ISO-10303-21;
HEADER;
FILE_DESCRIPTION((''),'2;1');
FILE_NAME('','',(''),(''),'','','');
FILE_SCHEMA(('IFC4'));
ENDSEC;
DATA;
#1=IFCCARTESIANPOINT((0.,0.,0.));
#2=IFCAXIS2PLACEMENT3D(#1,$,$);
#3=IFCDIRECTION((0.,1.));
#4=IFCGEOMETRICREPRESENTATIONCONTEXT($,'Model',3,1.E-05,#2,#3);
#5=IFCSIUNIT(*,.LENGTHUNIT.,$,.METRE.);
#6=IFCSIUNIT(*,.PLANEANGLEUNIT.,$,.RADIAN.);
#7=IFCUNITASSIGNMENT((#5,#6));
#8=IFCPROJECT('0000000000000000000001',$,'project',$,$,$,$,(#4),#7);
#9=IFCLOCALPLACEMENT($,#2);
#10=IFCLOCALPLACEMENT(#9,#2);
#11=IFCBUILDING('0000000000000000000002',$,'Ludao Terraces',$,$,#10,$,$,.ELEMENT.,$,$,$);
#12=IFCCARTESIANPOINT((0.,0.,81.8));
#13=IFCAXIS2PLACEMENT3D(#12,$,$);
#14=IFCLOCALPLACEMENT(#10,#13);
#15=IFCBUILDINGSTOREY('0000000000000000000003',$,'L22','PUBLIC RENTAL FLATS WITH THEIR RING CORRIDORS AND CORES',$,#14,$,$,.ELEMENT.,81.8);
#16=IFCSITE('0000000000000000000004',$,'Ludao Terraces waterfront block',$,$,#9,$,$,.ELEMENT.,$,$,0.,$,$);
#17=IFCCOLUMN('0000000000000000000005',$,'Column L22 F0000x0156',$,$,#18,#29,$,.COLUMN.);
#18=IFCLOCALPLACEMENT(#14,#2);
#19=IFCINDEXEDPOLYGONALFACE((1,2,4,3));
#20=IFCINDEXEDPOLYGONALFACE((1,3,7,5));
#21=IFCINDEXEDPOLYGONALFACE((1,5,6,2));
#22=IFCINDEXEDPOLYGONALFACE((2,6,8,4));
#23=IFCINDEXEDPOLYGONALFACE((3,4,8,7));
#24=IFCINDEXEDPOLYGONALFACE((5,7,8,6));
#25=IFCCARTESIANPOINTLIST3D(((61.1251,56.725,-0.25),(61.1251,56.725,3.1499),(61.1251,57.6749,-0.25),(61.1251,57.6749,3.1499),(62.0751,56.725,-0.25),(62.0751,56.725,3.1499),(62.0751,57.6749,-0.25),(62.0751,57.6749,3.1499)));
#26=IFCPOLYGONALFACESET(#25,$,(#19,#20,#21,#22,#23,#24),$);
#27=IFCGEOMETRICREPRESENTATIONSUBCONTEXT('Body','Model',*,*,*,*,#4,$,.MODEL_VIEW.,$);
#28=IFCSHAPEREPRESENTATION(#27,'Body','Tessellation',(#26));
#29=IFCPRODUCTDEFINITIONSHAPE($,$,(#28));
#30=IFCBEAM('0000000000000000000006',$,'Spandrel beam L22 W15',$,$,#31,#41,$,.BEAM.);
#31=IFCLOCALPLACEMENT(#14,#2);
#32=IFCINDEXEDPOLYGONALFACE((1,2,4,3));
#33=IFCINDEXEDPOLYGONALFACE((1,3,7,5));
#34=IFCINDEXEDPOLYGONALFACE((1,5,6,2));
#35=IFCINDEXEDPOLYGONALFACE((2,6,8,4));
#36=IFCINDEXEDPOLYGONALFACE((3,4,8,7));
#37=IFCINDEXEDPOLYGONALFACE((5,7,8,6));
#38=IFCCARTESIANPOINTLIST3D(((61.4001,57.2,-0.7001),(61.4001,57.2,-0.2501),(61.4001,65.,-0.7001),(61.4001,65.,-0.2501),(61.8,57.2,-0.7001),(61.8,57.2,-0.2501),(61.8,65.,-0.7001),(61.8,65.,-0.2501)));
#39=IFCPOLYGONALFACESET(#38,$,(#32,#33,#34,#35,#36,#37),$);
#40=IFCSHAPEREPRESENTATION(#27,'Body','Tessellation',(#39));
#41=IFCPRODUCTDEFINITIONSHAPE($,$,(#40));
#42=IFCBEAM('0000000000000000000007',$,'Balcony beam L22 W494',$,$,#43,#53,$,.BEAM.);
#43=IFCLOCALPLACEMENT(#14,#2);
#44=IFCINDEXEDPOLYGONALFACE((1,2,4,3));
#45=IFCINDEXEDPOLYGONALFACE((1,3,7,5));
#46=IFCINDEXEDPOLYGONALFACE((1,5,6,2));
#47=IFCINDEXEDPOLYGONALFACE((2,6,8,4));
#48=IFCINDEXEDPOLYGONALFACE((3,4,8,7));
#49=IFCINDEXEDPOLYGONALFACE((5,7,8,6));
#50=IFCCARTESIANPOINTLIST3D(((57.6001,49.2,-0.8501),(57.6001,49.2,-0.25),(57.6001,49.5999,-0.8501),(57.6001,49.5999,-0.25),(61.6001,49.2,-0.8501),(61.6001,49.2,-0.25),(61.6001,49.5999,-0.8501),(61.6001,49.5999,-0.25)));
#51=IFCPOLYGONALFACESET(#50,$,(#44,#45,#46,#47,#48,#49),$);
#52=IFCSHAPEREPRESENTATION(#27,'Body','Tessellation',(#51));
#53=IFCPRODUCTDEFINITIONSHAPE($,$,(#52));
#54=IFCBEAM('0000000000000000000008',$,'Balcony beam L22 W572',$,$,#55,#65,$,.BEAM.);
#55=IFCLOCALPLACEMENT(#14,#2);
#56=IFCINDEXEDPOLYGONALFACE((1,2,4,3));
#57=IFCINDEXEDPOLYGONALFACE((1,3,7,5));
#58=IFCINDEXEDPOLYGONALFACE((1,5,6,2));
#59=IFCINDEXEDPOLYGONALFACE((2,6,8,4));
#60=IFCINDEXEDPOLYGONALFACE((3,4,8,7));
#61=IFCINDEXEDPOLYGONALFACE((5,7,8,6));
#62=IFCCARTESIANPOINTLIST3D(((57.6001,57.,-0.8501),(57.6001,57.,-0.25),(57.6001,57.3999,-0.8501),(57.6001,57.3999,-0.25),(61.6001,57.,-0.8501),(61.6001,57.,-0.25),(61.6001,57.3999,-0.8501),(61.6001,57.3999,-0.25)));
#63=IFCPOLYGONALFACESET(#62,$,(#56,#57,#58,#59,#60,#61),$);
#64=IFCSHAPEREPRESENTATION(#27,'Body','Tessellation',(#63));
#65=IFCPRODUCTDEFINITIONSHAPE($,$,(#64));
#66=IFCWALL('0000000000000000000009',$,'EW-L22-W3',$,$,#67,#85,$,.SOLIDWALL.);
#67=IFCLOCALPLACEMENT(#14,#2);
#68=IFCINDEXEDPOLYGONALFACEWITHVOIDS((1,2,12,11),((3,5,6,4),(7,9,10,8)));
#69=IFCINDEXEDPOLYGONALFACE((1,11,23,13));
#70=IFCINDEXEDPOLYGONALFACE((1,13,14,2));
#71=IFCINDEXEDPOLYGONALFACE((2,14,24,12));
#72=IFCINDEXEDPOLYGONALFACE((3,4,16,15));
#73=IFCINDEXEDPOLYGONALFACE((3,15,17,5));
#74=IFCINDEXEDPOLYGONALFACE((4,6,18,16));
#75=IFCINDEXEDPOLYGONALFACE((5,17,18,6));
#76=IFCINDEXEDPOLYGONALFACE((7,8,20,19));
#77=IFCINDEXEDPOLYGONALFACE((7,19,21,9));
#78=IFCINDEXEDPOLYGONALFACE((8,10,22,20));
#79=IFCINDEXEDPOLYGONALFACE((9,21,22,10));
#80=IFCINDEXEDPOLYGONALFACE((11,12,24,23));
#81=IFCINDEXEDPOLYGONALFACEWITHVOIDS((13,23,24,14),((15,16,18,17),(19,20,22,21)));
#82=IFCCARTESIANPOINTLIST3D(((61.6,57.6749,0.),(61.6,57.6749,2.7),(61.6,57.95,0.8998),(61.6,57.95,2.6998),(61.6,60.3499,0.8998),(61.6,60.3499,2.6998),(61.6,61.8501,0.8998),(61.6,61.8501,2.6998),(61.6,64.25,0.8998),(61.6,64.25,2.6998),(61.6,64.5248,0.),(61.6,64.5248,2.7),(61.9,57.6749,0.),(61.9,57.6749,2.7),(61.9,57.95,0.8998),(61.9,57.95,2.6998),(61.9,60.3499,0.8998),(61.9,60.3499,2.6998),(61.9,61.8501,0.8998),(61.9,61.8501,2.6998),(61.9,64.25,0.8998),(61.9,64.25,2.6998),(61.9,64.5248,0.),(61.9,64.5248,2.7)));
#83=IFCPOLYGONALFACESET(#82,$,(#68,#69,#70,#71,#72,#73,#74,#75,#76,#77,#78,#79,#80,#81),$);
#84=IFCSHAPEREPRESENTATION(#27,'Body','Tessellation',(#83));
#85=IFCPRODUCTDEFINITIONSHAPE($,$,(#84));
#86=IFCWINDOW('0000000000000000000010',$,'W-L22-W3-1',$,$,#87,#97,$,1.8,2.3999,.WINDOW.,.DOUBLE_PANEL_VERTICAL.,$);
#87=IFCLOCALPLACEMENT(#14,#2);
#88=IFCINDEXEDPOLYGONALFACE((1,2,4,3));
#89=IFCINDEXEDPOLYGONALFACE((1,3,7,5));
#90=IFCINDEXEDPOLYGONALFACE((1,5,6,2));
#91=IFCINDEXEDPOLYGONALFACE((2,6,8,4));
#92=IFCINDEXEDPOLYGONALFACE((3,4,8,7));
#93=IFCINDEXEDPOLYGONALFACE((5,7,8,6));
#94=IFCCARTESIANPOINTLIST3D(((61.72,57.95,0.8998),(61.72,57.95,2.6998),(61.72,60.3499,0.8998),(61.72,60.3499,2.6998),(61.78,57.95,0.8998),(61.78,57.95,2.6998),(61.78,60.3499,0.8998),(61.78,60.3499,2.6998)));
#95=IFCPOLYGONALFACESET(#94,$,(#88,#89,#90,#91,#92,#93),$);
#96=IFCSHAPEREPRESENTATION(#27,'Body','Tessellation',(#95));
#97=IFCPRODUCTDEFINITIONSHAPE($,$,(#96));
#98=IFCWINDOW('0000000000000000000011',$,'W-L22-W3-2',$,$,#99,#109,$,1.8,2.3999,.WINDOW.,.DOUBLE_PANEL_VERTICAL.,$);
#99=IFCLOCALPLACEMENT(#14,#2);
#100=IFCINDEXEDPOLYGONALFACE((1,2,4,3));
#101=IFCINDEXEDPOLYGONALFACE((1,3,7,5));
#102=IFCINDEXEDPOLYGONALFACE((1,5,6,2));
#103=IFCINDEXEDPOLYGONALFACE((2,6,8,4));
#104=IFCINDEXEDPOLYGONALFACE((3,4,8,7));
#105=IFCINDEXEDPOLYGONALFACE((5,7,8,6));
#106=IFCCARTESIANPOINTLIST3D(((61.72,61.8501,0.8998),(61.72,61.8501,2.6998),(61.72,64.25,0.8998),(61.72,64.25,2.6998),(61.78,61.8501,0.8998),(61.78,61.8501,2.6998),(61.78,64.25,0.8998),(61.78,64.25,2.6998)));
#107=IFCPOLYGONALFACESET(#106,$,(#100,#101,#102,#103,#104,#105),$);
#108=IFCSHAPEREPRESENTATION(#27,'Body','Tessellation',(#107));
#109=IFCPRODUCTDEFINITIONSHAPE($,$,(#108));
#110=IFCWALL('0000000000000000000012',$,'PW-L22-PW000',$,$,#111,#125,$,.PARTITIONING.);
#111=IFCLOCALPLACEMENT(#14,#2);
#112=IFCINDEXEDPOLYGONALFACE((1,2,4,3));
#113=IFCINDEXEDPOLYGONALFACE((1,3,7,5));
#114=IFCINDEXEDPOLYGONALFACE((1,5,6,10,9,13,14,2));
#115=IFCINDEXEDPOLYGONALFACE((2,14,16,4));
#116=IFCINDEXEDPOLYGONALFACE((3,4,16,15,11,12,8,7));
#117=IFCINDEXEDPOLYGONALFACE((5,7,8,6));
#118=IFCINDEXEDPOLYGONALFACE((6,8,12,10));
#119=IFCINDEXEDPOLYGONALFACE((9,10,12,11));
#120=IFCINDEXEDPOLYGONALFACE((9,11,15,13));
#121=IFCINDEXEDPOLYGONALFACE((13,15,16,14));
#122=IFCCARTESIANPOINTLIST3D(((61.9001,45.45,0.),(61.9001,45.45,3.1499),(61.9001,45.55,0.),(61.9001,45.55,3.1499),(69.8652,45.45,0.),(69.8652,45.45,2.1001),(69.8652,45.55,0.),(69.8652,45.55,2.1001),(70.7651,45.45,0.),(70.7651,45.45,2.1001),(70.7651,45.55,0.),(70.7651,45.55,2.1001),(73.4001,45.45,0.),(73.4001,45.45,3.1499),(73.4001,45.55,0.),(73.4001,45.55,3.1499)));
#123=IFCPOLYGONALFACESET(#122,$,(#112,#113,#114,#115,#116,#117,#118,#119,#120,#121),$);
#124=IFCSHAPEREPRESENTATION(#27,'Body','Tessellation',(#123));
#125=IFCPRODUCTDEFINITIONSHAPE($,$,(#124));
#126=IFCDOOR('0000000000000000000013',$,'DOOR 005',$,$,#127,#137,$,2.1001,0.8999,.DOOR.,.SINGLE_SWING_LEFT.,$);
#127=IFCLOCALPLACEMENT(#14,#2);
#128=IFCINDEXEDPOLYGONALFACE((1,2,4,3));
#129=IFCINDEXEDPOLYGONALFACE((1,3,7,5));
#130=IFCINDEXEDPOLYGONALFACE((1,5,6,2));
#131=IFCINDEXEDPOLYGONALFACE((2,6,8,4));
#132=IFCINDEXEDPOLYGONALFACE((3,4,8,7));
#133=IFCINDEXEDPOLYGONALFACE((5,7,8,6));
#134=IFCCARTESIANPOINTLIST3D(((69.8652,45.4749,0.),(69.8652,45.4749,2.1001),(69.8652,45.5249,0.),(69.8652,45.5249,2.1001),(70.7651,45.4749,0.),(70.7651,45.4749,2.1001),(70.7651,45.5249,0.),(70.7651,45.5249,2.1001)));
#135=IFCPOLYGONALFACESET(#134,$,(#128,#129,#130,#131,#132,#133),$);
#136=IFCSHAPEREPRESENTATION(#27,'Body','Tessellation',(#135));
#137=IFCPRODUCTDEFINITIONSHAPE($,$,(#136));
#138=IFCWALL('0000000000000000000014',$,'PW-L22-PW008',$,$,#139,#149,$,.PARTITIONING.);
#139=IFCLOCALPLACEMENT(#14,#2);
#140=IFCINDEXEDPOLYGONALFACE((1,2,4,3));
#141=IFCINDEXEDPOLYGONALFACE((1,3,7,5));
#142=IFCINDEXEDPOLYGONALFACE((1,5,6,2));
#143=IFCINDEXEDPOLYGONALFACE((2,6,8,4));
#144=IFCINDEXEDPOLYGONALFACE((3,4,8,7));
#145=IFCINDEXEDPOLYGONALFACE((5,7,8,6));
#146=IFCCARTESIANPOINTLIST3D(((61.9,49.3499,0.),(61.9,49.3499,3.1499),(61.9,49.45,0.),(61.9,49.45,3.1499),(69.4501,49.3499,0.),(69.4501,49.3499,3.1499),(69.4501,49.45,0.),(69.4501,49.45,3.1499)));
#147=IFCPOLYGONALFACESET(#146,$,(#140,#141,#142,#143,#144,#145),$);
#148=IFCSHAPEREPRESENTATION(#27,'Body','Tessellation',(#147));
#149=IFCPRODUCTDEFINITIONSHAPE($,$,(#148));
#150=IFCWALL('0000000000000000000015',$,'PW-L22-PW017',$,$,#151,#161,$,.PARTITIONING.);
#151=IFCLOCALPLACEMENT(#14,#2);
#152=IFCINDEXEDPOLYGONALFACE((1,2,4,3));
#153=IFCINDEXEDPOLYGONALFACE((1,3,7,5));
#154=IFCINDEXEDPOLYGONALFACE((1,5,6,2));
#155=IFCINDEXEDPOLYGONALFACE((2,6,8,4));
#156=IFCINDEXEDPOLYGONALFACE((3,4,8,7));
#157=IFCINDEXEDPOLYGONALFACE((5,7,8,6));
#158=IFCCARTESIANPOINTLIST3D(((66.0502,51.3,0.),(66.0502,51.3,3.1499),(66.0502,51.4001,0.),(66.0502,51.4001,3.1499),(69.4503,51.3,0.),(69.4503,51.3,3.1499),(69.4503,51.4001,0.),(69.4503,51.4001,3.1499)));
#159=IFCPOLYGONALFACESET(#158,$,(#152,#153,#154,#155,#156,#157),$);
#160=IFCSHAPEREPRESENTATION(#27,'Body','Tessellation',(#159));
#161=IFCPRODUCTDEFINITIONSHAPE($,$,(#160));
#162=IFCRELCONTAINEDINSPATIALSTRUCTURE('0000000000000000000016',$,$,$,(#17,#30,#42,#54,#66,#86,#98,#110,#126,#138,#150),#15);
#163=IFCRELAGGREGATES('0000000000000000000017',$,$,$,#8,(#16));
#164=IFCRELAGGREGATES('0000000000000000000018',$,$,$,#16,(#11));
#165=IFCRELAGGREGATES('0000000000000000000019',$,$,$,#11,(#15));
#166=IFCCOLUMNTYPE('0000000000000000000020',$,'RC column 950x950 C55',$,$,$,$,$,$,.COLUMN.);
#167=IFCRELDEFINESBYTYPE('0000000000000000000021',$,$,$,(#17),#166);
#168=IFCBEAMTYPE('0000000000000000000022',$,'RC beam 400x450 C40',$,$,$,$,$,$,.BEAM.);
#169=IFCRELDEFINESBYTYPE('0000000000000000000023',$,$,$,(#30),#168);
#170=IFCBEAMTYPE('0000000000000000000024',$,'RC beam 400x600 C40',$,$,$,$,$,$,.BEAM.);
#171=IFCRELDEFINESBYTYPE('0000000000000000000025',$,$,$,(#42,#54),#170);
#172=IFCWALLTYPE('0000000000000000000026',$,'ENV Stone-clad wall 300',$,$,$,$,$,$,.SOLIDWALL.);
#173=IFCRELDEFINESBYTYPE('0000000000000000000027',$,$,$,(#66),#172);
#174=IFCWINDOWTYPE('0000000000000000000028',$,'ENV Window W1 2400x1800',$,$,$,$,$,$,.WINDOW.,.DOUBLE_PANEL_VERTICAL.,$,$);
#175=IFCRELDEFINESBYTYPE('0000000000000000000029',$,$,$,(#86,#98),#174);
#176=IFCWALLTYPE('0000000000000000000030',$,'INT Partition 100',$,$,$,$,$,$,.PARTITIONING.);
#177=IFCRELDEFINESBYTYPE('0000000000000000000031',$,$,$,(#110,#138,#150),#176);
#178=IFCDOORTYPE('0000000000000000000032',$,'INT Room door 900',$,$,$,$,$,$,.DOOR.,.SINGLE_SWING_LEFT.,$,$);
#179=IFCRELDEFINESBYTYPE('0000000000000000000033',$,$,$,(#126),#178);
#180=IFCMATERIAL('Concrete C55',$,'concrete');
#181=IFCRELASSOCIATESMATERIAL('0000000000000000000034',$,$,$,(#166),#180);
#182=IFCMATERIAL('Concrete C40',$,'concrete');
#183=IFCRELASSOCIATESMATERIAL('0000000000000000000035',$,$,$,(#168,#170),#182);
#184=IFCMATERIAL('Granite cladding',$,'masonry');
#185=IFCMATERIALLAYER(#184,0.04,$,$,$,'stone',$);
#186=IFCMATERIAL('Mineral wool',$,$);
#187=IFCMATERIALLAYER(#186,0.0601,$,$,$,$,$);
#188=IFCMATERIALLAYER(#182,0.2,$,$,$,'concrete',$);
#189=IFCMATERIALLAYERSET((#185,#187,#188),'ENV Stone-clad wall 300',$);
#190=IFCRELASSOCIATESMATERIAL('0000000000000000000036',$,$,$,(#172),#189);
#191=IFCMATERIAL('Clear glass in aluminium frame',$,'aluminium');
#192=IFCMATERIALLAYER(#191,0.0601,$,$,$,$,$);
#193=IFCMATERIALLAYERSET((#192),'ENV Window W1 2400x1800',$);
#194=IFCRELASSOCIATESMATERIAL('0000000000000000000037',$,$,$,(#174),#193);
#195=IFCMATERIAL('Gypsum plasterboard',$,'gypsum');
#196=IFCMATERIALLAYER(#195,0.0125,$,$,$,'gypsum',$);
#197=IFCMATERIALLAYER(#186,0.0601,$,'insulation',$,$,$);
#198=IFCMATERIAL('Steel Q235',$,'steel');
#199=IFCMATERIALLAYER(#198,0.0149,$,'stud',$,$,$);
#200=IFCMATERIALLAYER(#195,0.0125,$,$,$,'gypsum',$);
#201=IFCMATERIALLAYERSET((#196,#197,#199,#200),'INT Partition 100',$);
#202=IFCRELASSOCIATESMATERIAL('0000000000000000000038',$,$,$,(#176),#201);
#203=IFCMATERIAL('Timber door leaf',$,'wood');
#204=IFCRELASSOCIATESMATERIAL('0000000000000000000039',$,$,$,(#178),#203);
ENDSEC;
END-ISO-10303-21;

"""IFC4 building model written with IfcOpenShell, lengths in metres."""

from ifc_helpers import new_model, si_unit, direction, frame, frame_2d, origin, origin_2d, place, context, subcontext, project, spatial, rectangle, extrude, material, layer, layer_set, material_profile, profile_set, type_object, element, fill, save


model = new_model("IFC4")

# Units and contexts
model_context = context("Model", 3, precision=1e-05, world=origin(), true_north=direction((0.0, 1.0)))
body_context = subcontext(model_context, "Body", "Model", "MODEL_VIEW")
ifc_project = project(units=[si_unit("LENGTHUNIT", "METRE"), si_unit("PLANEANGLEUNIT", "RADIAN")], contexts=[model_context])

# Site, building, storey
site_placement = place(None, origin())
site = spatial("IfcSite", under=ifc_project, at=site_placement, Name="Ludao Terraces waterfront block", CompositionType="ELEMENT", RefElevation=0.0)
building_placement = place(site_placement, origin())
building = spatial("IfcBuilding", under=site, at=building_placement, Name="Ludao Terraces", CompositionType="ELEMENT")
storey_placement = place(building_placement, frame((0.0, 0.0, 81.8)))
storey = spatial("IfcBuildingStorey", under=building, at=storey_placement, Name="L22", Description="PUBLIC RENTAL FLATS WITH THEIR RING CORRIDORS AND CORES", CompositionType="ELEMENT", Elevation=81.8)

# Column
ifc_material_1 = material(Name="Concrete C55", Category="concrete")
ifc_material_profile_1 = material_profile(ifc_material_1, rectangle(XDim=0.95, YDim=0.95, at=origin_2d()), Name="950 X 950")
ifc_profile_set_1 = profile_set([ifc_material_profile_1], Name="Concrete C55")
column_type = type_object("IfcColumnType", Name="RC column 950x950 C55", PredefinedType="COLUMN", material=ifc_profile_set_1)
column_placement = place(storey_placement, frame((61.6001, 57.2, -0.25), z_axis=(0.0, 0.0, 1.0), x_axis=(1.0, 0.0, 0.0)))
element("IfcColumn", 1, at=column_placement, inside=storey, type_object=column_type, Name="Column L22 F0000x0156", PredefinedType="COLUMN", context=body_context, shape_type="SweptSolid", body=[
    extrude(rectangle(XDim=0.95, YDim=0.95, at=origin_2d()), origin(), (0.0, 0.0, 1.0), 3.3999),
])

# Beams
ifc_material_2 = material(Name="Concrete C40", Category="concrete")
ifc_material_profile_2 = material_profile(ifc_material_2, rectangle(XDim=0.3999, YDim=0.45, at=origin_2d()), Name="400 X 450")
ifc_profile_set_2 = profile_set([ifc_material_profile_2], Name="Concrete C40")
beam_type_1 = type_object("IfcBeamType", Name="RC beam 400x450 C40", PredefinedType="BEAM", material=ifc_profile_set_2)
beam_placement = place(storey_placement, frame((61.6001, 57.2, -0.4751), z_axis=(0.0, 1.0, 0.0), x_axis=(-1.0, 0.0, 0.0)))
element("IfcBeam", 2, at=beam_placement, inside=storey, type_object=beam_type_1, Name="Spandrel beam L22 W15", PredefinedType="BEAM", context=body_context, shape_type="SweptSolid", body=[
    extrude(rectangle(XDim=0.3999, YDim=0.45, at=origin_2d()), origin(), (0.0, 0.0, 1.0), 7.8),
])
ifc_material_profile_3 = material_profile(ifc_material_2, rectangle(XDim=0.3999, YDim=0.6001, at=origin_2d()), Name="400 X 600")
ifc_profile_set_3 = profile_set([ifc_material_profile_3], Name="Concrete C40")
beam_type_2 = type_object("IfcBeamType", Name="RC beam 400x600 C40", PredefinedType="BEAM", material=ifc_profile_set_3)
for number, where, z_axis, x_axis, name in (
    (3, (61.6001, 49.3999, -0.55), (-1.0, 0.0, 0.0), (0.0, -1.0, 0.0), "Balcony beam L22 W494"),
    (4, (61.6001, 57.2, -0.55), (-1.0, 0.0, 0.0), (0.0, -1.0, 0.0), "Balcony beam L22 W572"),
):
    element("IfcBeam", number, at=place(storey_placement, frame(where, z_axis=z_axis, x_axis=x_axis)), inside=storey, type_object=beam_type_2, Name=name, PredefinedType="BEAM", context=body_context, shape_type="SweptSolid", body=[
        extrude(rectangle(XDim=0.3999, YDim=0.6001, at=origin_2d()), origin(), (0.0, 0.0, 1.0), 4.0),
    ])

# Shared definitions
ifc_material_3 = material(Name="Granite cladding", Category="masonry")
ifc_layer_1 = layer(ifc_material_3, 0.04, Category="stone")
ifc_material_4 = material(Name="Mineral wool")
ifc_layer_2 = layer(ifc_material_4, 0.0601)
ifc_layer_3 = layer(ifc_material_2, 0.2, Category="concrete")
ifc_layer_set_1 = layer_set([ifc_layer_1, ifc_layer_2, ifc_layer_3], Name="ENV Stone-clad wall 300")
wall_type_1 = type_object("IfcWallType", Name="ENV Stone-clad wall 300", PredefinedType="SOLIDWALL", material=ifc_layer_set_1)
ifc_material_5 = material(Name="Clear glass in aluminium frame", Category="aluminium")
ifc_layer_4 = layer(ifc_material_5, 0.0601)
ifc_layer_set_2 = layer_set([ifc_layer_4], Name="ENV Window W1 2400x1800")
window_type = type_object("IfcWindowType", Name="ENV Window W1 2400x1800", PartitioningType="DOUBLE_PANEL_VERTICAL", PredefinedType="WINDOW", material=ifc_layer_set_2)

# Wall, openings, windows
wall_1_placement = place(storey_placement, frame((61.75, 57.675, 0.0), z_axis=(0.0, 0.0, 1.0), x_axis=(0.0, 1.0, 0.0)))
wall_1 = element("IfcWall", 5, at=wall_1_placement, inside=storey, type_object=wall_type_1, Name="EW-L22-W3", PredefinedType="SOLIDWALL", context=body_context, shape_type="SweptSolid", body=[
    extrude(rectangle(XDim=6.8499, YDim=0.3, at=frame_2d((3.4248, 0.0))), origin(), (0.0, 0.0, 1.0), 2.7),
])
opening_1_placement = place(wall_1_placement, frame((0.2749, 0.0, 0.8999)))
opening_1 = element("IfcOpeningElement", 6, at=opening_1_placement, cuts=wall_1, PredefinedType="OPENING", context=body_context, shape_type="SweptSolid", body=[
    extrude(rectangle(XDim=2.3999, YDim=1.8, at=frame_2d((1.2, 0.8999))), frame((0.0, 0.1602, 0.0), z_axis=(0.0, -1.0, 0.0), x_axis=(1.0, 0.0, 0.0)), (0.0, 0.0, 1.0), 0.3201),
])
opening_2_placement = place(wall_1_placement, frame((4.175, 0.0, 0.8999)))
opening_2 = element("IfcOpeningElement", 7, at=opening_2_placement, cuts=wall_1, PredefinedType="OPENING", context=body_context, shape_type="SweptSolid", body=[
    extrude(rectangle(XDim=2.3999, YDim=1.8, at=frame_2d((1.2, 0.8999))), frame((0.0, 0.1602, 0.0), z_axis=(0.0, -1.0, 0.0), x_axis=(1.0, 0.0, 0.0)), (0.0, 0.0, 1.0), 0.3201),
])
window_1_placement = place(opening_1_placement, origin())
window_1 = element("IfcWindow", 8, at=window_1_placement, inside=storey, type_object=window_type, Name="W-L22-W3-1", OverallHeight=1.8, OverallWidth=2.3999, PartitioningType="DOUBLE_PANEL_VERTICAL", PredefinedType="WINDOW", context=body_context, shape_type="SweptSolid", body=[
    extrude(rectangle(XDim=2.3999, YDim=1.8, at=frame_2d((1.2, 0.8999))), frame((0.0, 0.03, 0.0), z_axis=(0.0, -1.0, 0.0), x_axis=(1.0, 0.0, 0.0)), (0.0, 0.0, 1.0), 0.0601),
])
fill(opening_1, window_1)
window_2_placement = place(opening_2_placement, origin())
window_2 = element("IfcWindow", 9, at=window_2_placement, inside=storey, type_object=window_type, Name="W-L22-W3-2", OverallHeight=1.8, OverallWidth=2.3999, PartitioningType="DOUBLE_PANEL_VERTICAL", PredefinedType="WINDOW", context=body_context, shape_type="SweptSolid", body=[
    extrude(rectangle(XDim=2.3999, YDim=1.8, at=frame_2d((1.2, 0.8999))), frame((0.0, 0.03, 0.0), z_axis=(0.0, -1.0, 0.0), x_axis=(1.0, 0.0, 0.0)), (0.0, 0.0, 1.0), 0.0601),
])
fill(opening_2, window_2)

# Wall, opening, door
ifc_material_6 = material(Name="Gypsum plasterboard", Category="gypsum")
ifc_layer_5 = layer(ifc_material_6, 0.0125, Category="gypsum")
ifc_layer_6 = layer(ifc_material_4, 0.0601, Name="insulation")
ifc_material_7 = material(Name="Steel Q235", Category="steel")
ifc_layer_7 = layer(ifc_material_7, 0.0149, Name="stud")
ifc_layer_8 = layer(ifc_material_6, 0.0125, Category="gypsum")
ifc_layer_set_3 = layer_set([ifc_layer_5, ifc_layer_6, ifc_layer_7, ifc_layer_8], Name="INT Partition 100")
wall_type_2 = type_object("IfcWallType", Name="INT Partition 100", PredefinedType="PARTITIONING", material=ifc_layer_set_3)
wall_2_placement = place(storey_placement, frame((61.9001, 45.5, 0.0), z_axis=(0.0, 0.0, 1.0), x_axis=(1.0, 0.0, 0.0)))
wall_2 = element("IfcWall", 10, at=wall_2_placement, inside=storey, type_object=wall_type_2, Name="PW-L22-PW000", PredefinedType="PARTITIONING", context=body_context, shape_type="SweptSolid", body=[
    extrude(rectangle(XDim=11.5, YDim=0.1001, at=frame_2d((5.75, 0.0))), origin(), (0.0, 0.0, 1.0), 3.1499),
])
opening_3_placement = place(wall_2_placement, frame((7.9651, 0.0, 0.0)))
opening_3 = element("IfcOpeningElement", 11, at=opening_3_placement, cuts=wall_2, PredefinedType="OPENING", context=body_context, shape_type="SweptSolid", body=[
    extrude(rectangle(XDim=0.8999, YDim=2.1001, at=frame_2d((0.45, 1.05))), frame((0.0, 0.0601, 0.0), z_axis=(0.0, -1.0, 0.0), x_axis=(1.0, 0.0, 0.0)), (0.0, 0.0, 1.0), 0.1201),
])
ifc_material_8 = material(Name="Timber door leaf", Category="wood")
door_type_1 = type_object("IfcDoorType", Name="INT Room door 900", OperationType="SINGLE_SWING_LEFT", PredefinedType="DOOR", material=ifc_material_8)
door_1_placement = place(opening_3_placement, origin())
door_1 = element("IfcDoor", 12, at=door_1_placement, inside=storey, type_object=door_type_1, Name="DOOR 005", OperationType="SINGLE_SWING_LEFT", OverallHeight=2.1001, OverallWidth=0.8999, PredefinedType="DOOR", context=body_context, shape_type="SweptSolid", body=[
    extrude(rectangle(XDim=0.8999, YDim=2.1001, at=frame_2d((0.45, 1.05))), frame((0.0, 0.0249, 0.0), z_axis=(0.0, -1.0, 0.0), x_axis=(1.0, 0.0, 0.0)), (0.0, 0.0, 1.0), 0.05),
])
fill(opening_3, door_1)

# Walls
wall_3_placement = place(storey_placement, frame((61.9001, 49.3999, 0.0), z_axis=(0.0, 0.0, 1.0), x_axis=(1.0, 0.0, 0.0)))
element("IfcWall", 13, at=wall_3_placement, inside=storey, type_object=wall_type_2, Name="PW-L22-PW008", PredefinedType="PARTITIONING", context=body_context, shape_type="SweptSolid", body=[
    extrude(rectangle(XDim=7.55, YDim=0.1001, at=frame_2d((3.7749, 0.0))), origin(), (0.0, 0.0, 1.0), 3.1499),
])
wall_4_placement = place(storey_placement, frame((66.05, 51.3501, 0.0), z_axis=(0.0, 0.0, 1.0), x_axis=(1.0, 0.0, 0.0)))
element("IfcWall", 14, at=wall_4_placement, inside=storey, type_object=wall_type_2, Name="PW-L22-PW017", PredefinedType="PARTITIONING", context=body_context, shape_type="SweptSolid", body=[
    extrude(rectangle(XDim=3.4001, YDim=0.1001, at=frame_2d((1.7002, 0.0))), origin(), (0.0, 0.0, 1.0), 3.1499),
])

save(model, "model.ifc")
